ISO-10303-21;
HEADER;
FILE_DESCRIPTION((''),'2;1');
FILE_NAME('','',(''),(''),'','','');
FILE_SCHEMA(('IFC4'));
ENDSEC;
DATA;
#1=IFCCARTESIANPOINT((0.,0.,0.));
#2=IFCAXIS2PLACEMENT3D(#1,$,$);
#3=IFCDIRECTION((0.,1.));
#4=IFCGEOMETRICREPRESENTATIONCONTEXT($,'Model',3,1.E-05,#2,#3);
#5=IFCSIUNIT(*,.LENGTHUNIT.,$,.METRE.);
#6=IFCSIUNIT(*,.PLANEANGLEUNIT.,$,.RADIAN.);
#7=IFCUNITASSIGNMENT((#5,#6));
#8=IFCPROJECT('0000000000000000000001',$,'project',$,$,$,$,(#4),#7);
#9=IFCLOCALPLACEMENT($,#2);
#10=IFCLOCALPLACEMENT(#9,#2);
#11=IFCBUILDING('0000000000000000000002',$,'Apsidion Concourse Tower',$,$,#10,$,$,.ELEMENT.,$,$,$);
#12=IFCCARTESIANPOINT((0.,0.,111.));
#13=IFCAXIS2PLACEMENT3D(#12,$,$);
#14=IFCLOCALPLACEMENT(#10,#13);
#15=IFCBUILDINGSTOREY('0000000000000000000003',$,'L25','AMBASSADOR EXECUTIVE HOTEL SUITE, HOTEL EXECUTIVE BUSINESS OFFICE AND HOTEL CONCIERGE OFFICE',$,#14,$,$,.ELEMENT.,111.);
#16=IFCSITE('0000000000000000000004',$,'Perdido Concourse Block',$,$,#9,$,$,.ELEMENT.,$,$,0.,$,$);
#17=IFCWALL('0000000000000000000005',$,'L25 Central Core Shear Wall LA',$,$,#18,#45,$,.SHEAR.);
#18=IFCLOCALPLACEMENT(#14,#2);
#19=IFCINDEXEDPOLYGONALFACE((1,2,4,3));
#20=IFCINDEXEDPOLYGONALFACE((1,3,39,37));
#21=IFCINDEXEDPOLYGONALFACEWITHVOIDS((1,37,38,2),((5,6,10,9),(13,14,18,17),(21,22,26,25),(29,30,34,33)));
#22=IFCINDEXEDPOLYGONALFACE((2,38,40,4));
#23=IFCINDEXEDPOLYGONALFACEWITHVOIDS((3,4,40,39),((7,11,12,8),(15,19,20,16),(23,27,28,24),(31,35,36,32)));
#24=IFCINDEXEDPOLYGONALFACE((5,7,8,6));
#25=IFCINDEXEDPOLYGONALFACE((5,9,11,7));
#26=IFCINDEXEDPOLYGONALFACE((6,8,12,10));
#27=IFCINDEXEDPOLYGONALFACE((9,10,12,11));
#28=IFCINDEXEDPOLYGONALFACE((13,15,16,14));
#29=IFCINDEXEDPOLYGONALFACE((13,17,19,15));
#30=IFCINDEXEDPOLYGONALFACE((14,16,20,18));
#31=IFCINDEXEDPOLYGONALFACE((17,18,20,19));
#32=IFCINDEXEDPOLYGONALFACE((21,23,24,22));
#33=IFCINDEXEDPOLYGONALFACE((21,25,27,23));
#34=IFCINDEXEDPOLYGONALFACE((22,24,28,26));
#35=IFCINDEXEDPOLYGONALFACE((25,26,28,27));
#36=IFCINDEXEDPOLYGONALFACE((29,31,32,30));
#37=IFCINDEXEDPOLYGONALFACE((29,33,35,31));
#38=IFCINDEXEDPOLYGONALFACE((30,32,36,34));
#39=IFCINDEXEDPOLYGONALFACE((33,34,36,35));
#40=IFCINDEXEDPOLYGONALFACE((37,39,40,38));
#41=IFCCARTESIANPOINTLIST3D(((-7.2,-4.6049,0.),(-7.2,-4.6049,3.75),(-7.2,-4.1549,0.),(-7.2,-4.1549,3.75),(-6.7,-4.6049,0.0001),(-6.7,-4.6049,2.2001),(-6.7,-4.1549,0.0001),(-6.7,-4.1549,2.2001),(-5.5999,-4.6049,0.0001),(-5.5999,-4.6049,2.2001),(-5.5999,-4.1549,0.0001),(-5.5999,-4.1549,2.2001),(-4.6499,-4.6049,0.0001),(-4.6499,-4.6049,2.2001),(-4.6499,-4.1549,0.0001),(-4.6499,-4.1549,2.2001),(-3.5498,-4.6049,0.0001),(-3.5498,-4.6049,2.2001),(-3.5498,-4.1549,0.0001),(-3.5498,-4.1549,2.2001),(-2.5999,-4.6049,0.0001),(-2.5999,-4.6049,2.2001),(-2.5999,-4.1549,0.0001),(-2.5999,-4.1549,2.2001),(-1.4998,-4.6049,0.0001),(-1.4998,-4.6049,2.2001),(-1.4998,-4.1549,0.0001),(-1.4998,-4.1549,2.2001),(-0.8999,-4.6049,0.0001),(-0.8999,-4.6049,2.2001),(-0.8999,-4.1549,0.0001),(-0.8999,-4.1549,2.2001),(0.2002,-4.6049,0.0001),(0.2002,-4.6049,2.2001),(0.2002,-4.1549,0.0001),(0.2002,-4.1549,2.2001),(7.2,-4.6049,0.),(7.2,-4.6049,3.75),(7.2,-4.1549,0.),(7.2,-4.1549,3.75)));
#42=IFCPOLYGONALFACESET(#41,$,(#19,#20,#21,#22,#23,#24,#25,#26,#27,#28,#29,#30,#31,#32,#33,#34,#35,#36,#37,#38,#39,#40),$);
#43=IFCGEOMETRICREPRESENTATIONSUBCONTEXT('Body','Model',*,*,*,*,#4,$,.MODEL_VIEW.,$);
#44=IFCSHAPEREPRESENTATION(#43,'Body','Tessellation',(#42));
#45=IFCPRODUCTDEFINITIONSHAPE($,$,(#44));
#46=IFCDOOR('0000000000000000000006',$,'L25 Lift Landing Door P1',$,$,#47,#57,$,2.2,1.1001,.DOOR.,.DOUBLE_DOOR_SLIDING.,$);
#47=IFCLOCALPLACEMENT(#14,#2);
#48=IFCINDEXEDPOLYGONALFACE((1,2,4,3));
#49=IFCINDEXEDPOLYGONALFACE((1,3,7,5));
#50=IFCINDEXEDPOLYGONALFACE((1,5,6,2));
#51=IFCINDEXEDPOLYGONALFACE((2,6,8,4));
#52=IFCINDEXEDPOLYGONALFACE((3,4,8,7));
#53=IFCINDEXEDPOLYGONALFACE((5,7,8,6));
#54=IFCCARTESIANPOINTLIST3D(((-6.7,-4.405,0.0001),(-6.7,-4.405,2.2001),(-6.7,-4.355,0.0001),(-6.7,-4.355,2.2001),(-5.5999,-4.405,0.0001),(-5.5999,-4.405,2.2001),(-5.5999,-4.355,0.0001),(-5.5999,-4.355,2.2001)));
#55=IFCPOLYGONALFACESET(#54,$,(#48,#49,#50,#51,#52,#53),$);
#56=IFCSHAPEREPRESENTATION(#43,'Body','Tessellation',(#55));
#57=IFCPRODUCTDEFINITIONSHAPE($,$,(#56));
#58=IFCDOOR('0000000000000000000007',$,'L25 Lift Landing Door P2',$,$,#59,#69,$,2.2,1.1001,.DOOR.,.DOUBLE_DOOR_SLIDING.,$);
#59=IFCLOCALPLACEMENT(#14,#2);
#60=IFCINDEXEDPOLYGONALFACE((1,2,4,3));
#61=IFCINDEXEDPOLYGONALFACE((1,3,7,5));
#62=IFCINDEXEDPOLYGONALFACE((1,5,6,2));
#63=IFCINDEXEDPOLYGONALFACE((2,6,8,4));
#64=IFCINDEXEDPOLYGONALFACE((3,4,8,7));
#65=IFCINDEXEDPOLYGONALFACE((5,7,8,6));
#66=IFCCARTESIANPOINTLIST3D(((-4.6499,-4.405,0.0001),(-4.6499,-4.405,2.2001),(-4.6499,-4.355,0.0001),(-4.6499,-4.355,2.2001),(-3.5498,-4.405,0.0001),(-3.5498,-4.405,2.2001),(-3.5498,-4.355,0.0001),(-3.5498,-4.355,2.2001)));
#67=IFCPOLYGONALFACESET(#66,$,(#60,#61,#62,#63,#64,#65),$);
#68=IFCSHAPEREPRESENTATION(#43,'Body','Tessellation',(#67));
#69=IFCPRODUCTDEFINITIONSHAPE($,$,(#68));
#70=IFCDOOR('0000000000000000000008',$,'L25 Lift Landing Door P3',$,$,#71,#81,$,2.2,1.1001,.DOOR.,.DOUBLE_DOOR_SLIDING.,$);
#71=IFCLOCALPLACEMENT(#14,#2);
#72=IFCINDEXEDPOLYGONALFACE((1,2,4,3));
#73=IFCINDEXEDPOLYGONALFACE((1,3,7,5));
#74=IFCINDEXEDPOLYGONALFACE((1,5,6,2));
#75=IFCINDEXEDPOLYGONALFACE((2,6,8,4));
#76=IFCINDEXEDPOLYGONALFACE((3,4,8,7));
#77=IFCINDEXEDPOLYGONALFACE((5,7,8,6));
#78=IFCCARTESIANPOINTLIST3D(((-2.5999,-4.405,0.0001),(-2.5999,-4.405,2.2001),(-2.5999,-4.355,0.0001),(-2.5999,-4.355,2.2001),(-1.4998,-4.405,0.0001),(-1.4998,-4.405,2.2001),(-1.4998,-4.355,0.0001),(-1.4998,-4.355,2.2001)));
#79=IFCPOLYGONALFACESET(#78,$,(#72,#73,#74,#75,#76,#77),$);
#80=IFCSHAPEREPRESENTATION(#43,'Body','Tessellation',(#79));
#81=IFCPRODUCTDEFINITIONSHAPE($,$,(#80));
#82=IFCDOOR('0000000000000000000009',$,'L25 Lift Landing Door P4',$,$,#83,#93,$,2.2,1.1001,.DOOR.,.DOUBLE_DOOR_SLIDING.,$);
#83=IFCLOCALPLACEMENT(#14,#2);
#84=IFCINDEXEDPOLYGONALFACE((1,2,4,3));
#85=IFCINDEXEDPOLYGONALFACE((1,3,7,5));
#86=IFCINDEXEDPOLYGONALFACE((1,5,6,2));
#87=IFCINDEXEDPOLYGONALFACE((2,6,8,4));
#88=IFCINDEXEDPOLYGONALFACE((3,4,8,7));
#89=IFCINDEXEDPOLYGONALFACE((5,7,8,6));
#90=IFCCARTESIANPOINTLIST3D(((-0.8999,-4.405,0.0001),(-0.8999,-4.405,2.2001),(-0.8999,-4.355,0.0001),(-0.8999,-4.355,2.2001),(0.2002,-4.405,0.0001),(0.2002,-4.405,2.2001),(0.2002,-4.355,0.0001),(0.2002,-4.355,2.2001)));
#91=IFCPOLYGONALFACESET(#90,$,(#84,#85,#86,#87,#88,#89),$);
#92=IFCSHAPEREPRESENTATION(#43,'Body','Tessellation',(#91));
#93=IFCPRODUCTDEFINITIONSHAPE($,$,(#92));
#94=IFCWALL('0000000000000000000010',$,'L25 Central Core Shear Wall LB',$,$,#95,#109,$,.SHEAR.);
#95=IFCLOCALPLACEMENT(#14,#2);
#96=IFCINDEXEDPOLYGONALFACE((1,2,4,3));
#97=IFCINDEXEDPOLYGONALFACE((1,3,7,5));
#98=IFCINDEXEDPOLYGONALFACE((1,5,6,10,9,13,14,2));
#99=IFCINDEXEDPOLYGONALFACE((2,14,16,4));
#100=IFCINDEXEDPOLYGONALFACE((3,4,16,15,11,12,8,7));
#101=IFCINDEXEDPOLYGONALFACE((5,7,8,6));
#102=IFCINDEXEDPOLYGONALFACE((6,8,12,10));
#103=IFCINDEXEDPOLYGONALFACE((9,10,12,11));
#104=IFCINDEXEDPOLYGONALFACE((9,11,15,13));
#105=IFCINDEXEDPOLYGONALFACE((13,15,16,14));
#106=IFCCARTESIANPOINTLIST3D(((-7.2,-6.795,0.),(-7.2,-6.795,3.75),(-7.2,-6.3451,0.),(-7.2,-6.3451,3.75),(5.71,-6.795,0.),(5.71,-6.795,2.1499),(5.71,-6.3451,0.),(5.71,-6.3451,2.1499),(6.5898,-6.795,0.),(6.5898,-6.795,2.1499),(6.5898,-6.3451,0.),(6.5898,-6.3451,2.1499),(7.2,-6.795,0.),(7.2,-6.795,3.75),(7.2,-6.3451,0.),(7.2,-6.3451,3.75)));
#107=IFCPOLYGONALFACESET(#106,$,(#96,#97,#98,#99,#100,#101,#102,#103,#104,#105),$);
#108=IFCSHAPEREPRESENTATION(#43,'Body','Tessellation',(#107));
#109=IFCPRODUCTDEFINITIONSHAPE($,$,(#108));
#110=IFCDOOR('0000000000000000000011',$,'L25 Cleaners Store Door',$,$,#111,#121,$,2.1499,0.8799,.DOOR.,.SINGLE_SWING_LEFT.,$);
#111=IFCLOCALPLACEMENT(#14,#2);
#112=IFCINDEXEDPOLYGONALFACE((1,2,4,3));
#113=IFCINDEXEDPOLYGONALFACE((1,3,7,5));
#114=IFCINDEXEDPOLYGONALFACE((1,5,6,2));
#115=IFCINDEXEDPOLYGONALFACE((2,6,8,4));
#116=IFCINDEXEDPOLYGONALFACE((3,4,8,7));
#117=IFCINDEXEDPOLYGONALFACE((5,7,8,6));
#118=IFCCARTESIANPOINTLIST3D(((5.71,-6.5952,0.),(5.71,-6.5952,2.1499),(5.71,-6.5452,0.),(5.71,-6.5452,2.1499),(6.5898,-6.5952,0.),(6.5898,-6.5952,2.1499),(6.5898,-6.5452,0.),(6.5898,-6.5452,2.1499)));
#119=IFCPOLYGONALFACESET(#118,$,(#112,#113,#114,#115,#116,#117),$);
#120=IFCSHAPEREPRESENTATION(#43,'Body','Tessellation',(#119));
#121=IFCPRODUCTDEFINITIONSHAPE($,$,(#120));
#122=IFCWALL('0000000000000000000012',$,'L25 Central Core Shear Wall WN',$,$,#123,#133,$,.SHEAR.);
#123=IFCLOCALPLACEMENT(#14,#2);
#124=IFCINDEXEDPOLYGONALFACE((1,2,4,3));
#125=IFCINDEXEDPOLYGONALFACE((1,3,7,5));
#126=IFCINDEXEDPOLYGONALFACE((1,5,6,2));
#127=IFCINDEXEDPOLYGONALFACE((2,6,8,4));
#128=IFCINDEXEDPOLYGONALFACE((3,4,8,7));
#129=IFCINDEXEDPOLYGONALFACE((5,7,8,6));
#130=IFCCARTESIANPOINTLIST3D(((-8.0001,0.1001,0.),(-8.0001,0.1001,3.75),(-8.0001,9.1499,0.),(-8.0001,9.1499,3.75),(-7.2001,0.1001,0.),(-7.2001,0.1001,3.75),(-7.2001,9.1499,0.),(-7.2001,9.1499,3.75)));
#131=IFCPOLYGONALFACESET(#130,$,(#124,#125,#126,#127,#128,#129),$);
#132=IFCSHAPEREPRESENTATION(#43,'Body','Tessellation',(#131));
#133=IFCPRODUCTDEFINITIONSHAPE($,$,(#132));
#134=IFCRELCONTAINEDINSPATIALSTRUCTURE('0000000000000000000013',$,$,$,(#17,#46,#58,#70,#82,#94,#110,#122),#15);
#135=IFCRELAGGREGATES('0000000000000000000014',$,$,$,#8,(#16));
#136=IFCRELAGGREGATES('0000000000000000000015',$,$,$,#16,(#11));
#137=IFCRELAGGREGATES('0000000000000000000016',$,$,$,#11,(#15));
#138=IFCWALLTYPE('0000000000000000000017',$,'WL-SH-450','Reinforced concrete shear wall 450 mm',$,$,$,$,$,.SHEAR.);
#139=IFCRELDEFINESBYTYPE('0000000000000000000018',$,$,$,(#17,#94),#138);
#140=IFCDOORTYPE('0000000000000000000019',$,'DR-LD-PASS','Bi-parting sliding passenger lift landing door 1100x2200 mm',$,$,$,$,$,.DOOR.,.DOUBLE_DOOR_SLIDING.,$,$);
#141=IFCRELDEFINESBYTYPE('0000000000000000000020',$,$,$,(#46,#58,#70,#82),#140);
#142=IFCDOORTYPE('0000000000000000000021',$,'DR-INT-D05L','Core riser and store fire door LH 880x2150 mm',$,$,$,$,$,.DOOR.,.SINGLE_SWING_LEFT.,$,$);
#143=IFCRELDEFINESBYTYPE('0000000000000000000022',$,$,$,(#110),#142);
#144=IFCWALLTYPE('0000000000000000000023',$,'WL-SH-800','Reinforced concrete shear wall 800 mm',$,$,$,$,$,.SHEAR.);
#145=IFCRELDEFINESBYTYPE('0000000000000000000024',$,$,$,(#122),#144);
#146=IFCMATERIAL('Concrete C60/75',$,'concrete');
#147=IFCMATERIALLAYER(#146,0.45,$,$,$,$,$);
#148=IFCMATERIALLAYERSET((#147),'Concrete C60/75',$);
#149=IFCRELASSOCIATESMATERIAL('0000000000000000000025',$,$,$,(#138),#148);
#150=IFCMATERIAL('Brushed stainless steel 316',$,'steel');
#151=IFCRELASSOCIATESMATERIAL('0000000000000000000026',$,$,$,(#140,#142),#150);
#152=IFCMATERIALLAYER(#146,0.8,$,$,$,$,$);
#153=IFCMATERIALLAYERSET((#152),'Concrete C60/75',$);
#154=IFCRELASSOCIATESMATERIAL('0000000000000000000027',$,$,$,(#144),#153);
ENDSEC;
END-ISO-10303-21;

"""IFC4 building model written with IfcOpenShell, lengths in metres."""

from ifc_helpers import new_model, si_unit, direction, frame, frame_2d, origin, place, context, subcontext, project, spatial, rectangle, extrude, material, layer, layer_set, type_object, element, fill, save


model = new_model("IFC4")

# Units and contexts
model_context = context("Model", 3, precision=1e-05, world=origin(), true_north=direction((0.0, 1.0)))
body_context = subcontext(model_context, "Body", "Model", "MODEL_VIEW")
ifc_project = project(units=[si_unit("LENGTHUNIT", "METRE"), si_unit("PLANEANGLEUNIT", "RADIAN")], contexts=[model_context])

# Site, building, storey
site_placement = place(None, origin())
site = spatial("IfcSite", under=ifc_project, at=site_placement, Name="Perdido Concourse Block", CompositionType="ELEMENT", RefElevation=0.0)
building_placement = place(site_placement, origin())
building = spatial("IfcBuilding", under=site, at=building_placement, Name="Apsidion Concourse Tower", CompositionType="ELEMENT")
storey_placement = place(building_placement, frame((0.0, 0.0, 111.0)))
storey = spatial("IfcBuildingStorey", under=building, at=storey_placement, Name="L25", Description="AMBASSADOR EXECUTIVE HOTEL SUITE, HOTEL EXECUTIVE BUSINESS OFFICE AND HOTEL CONCIERGE OFFICE", CompositionType="ELEMENT", Elevation=111.0)

# Shared definitions
ifc_material_1 = material(Name="Brushed stainless steel 316", Category="steel")

# Shared definitions
ifc_material_2 = material(Name="Concrete C60/75", Category="concrete")
ifc_layer_1 = layer(ifc_material_2, 0.45)
ifc_layer_set_1 = layer_set([ifc_layer_1], Name="Concrete C60/75")
wall_type_1 = type_object("IfcWallType", Name="WL-SH-450", Description="Reinforced concrete shear wall 450 mm", PredefinedType="SHEAR", material=ifc_layer_set_1)

# Wall, openings, doors
wall_1_placement = place(storey_placement, frame((-7.2, -4.3799, 0.0), z_axis=(0.0, 0.0, 1.0), x_axis=(1.0, 0.0, 0.0)))
wall_1 = element("IfcWall", 1, at=wall_1_placement, inside=storey, type_object=wall_type_1, Name="L25 Central Core Shear Wall LA", PredefinedType="SHEAR", context=body_context, shape_type="SweptSolid", body=[
    extrude(rectangle(XDim=14.3999, YDim=0.45, at=frame_2d((7.2, 0.0))), origin(), (0.0, 0.0, 1.0), 3.75),
])
opening_1_placement = place(wall_1_placement, frame((0.5, 0.0, 0.0)))
opening_1 = element("IfcOpeningElement", 2, at=opening_1_placement, cuts=wall_1, PredefinedType="OPENING", context=body_context, shape_type="SweptSolid", body=[
    extrude(rectangle(XDim=1.1001, YDim=2.2, at=frame_2d((0.55, 1.1001))), frame((0.0, 0.2349, 0.0), z_axis=(0.0, -1.0, 0.0), x_axis=(1.0, 0.0, 0.0)), (0.0, 0.0, 1.0), 0.47),
])
opening_2_placement = place(wall_1_placement, frame((2.55, 0.0, 0.0)))
opening_2 = element("IfcOpeningElement", 3, at=opening_2_placement, cuts=wall_1, PredefinedType="OPENING", context=body_context, shape_type="SweptSolid", body=[
    extrude(rectangle(XDim=1.1001, YDim=2.2, at=frame_2d((0.55, 1.1001))), frame((0.0, 0.2349, 0.0), z_axis=(0.0, -1.0, 0.0), x_axis=(1.0, 0.0, 0.0)), (0.0, 0.0, 1.0), 0.47),
])
opening_3_placement = place(wall_1_placement, frame((4.6001, 0.0, 0.0)))
opening_3 = element("IfcOpeningElement", 4, at=opening_3_placement, cuts=wall_1, PredefinedType="OPENING", context=body_context, shape_type="SweptSolid", body=[
    extrude(rectangle(XDim=1.1001, YDim=2.2, at=frame_2d((0.55, 1.1001))), frame((0.0, 0.2349, 0.0), z_axis=(0.0, -1.0, 0.0), x_axis=(1.0, 0.0, 0.0)), (0.0, 0.0, 1.0), 0.47),
])
opening_4_placement = place(wall_1_placement, frame((6.3, 0.0, 0.0)))
opening_4 = element("IfcOpeningElement", 5, at=opening_4_placement, cuts=wall_1, PredefinedType="OPENING", context=body_context, shape_type="SweptSolid", body=[
    extrude(rectangle(XDim=1.1001, YDim=2.2, at=frame_2d((0.55, 1.1001))), frame((0.0, 0.2349, 0.0), z_axis=(0.0, -1.0, 0.0), x_axis=(1.0, 0.0, 0.0)), (0.0, 0.0, 1.0), 0.47),
])
door_type_1 = type_object("IfcDoorType", Name="DR-LD-PASS", Description="Bi-parting sliding passenger lift landing door 1100x2200 mm", OperationType="DOUBLE_DOOR_SLIDING", PredefinedType="DOOR", material=ifc_material_1)
door_1_placement = place(opening_1_placement, origin())
door_1 = element("IfcDoor", 6, at=door_1_placement, inside=storey, type_object=door_type_1, Name="L25 Lift Landing Door P1", OperationType="DOUBLE_DOOR_SLIDING", OverallHeight=2.2, OverallWidth=1.1001, PredefinedType="DOOR", context=body_context, shape_type="SweptSolid", body=[
    extrude(rectangle(XDim=1.1001, YDim=2.2, at=frame_2d((0.55, 1.1001))), frame((0.0, 0.0249, 0.0), z_axis=(0.0, -1.0, 0.0), x_axis=(1.0, 0.0, 0.0)), (0.0, 0.0, 1.0), 0.05),
])
fill(opening_1, door_1)
door_2_placement = place(opening_2_placement, origin())
door_2 = element("IfcDoor", 7, at=door_2_placement, inside=storey, type_object=door_type_1, Name="L25 Lift Landing Door P2", OperationType="DOUBLE_DOOR_SLIDING", OverallHeight=2.2, OverallWidth=1.1001, PredefinedType="DOOR", context=body_context, shape_type="SweptSolid", body=[
    extrude(rectangle(XDim=1.1001, YDim=2.2, at=frame_2d((0.55, 1.1001))), frame((0.0, 0.0249, 0.0), z_axis=(0.0, -1.0, 0.0), x_axis=(1.0, 0.0, 0.0)), (0.0, 0.0, 1.0), 0.05),
])
fill(opening_2, door_2)
door_3_placement = place(opening_3_placement, origin())
door_3 = element("IfcDoor", 8, at=door_3_placement, inside=storey, type_object=door_type_1, Name="L25 Lift Landing Door P3", OperationType="DOUBLE_DOOR_SLIDING", OverallHeight=2.2, OverallWidth=1.1001, PredefinedType="DOOR", context=body_context, shape_type="SweptSolid", body=[
    extrude(rectangle(XDim=1.1001, YDim=2.2, at=frame_2d((0.55, 1.1001))), frame((0.0, 0.0249, 0.0), z_axis=(0.0, -1.0, 0.0), x_axis=(1.0, 0.0, 0.0)), (0.0, 0.0, 1.0), 0.05),
])
fill(opening_3, door_3)
door_4_placement = place(opening_4_placement, origin())
door_4 = element("IfcDoor", 9, at=door_4_placement, inside=storey, type_object=door_type_1, Name="L25 Lift Landing Door P4", OperationType="DOUBLE_DOOR_SLIDING", OverallHeight=2.2, OverallWidth=1.1001, PredefinedType="DOOR", context=body_context, shape_type="SweptSolid", body=[
    extrude(rectangle(XDim=1.1001, YDim=2.2, at=frame_2d((0.55, 1.1001))), frame((0.0, 0.0249, 0.0), z_axis=(0.0, -1.0, 0.0), x_axis=(1.0, 0.0, 0.0)), (0.0, 0.0, 1.0), 0.05),
])
fill(opening_4, door_4)

# Wall, opening, door
wall_2_placement = place(storey_placement, frame((-7.2, -6.5701, 0.0), z_axis=(0.0, 0.0, 1.0), x_axis=(1.0, 0.0, 0.0)))
wall_2 = element("IfcWall", 10, at=wall_2_placement, inside=storey, type_object=wall_type_1, Name="L25 Central Core Shear Wall LB", PredefinedType="SHEAR", context=body_context, shape_type="SweptSolid", body=[
    extrude(rectangle(XDim=14.3999, YDim=0.45, at=frame_2d((7.2, 0.0))), origin(), (0.0, 0.0, 1.0), 3.75),
])
opening_5_placement = place(wall_2_placement, frame((12.9099, 0.0, 0.0)))
opening_5 = element("IfcOpeningElement", 11, at=opening_5_placement, cuts=wall_2, PredefinedType="OPENING", context=body_context, shape_type="SweptSolid", body=[
    extrude(rectangle(XDim=0.8799, YDim=2.1499, at=frame_2d((0.4399, 1.075))), frame((0.0, 0.2349, 0.0), z_axis=(0.0, -1.0, 0.0), x_axis=(1.0, 0.0, 0.0)), (0.0, 0.0, 1.0), 0.47),
])
door_type_2 = type_object("IfcDoorType", Name="DR-INT-D05L", Description="Core riser and store fire door LH 880x2150 mm", OperationType="SINGLE_SWING_LEFT", PredefinedType="DOOR", material=ifc_material_1)
door_5_placement = place(opening_5_placement, origin())
door_5 = element("IfcDoor", 12, at=door_5_placement, inside=storey, type_object=door_type_2, Name="L25 Cleaners Store Door", OperationType="SINGLE_SWING_LEFT", OverallHeight=2.1499, OverallWidth=0.8799, PredefinedType="DOOR", context=body_context, shape_type="SweptSolid", body=[
    extrude(rectangle(XDim=0.8799, YDim=2.1499, at=frame_2d((0.4399, 1.075))), frame((0.0, 0.0249, 0.0), z_axis=(0.0, -1.0, 0.0), x_axis=(1.0, 0.0, 0.0)), (0.0, 0.0, 1.0), 0.05),
])
fill(opening_5, door_5)

# Wall
ifc_layer_2 = layer(ifc_material_2, 0.8)
ifc_layer_set_2 = layer_set([ifc_layer_2], Name="Concrete C60/75")
wall_type_2 = type_object("IfcWallType", Name="WL-SH-800", Description="Reinforced concrete shear wall 800 mm", PredefinedType="SHEAR", material=ifc_layer_set_2)
wall_3_placement = place(storey_placement, frame((-7.6001, 0.1001, 0.0), z_axis=(0.0, 0.0, 1.0), x_axis=(0.0, 1.0, 0.0)))
element("IfcWall", 13, at=wall_3_placement, inside=storey, type_object=wall_type_2, Name="L25 Central Core Shear Wall WN", PredefinedType="SHEAR", context=body_context, shape_type="SweptSolid", body=[
    extrude(rectangle(XDim=9.0498, YDim=0.8, at=frame_2d((4.5249, 0.0))), origin(), (0.0, 0.0, 1.0), 3.75),
])

save(model, "model.ifc")
